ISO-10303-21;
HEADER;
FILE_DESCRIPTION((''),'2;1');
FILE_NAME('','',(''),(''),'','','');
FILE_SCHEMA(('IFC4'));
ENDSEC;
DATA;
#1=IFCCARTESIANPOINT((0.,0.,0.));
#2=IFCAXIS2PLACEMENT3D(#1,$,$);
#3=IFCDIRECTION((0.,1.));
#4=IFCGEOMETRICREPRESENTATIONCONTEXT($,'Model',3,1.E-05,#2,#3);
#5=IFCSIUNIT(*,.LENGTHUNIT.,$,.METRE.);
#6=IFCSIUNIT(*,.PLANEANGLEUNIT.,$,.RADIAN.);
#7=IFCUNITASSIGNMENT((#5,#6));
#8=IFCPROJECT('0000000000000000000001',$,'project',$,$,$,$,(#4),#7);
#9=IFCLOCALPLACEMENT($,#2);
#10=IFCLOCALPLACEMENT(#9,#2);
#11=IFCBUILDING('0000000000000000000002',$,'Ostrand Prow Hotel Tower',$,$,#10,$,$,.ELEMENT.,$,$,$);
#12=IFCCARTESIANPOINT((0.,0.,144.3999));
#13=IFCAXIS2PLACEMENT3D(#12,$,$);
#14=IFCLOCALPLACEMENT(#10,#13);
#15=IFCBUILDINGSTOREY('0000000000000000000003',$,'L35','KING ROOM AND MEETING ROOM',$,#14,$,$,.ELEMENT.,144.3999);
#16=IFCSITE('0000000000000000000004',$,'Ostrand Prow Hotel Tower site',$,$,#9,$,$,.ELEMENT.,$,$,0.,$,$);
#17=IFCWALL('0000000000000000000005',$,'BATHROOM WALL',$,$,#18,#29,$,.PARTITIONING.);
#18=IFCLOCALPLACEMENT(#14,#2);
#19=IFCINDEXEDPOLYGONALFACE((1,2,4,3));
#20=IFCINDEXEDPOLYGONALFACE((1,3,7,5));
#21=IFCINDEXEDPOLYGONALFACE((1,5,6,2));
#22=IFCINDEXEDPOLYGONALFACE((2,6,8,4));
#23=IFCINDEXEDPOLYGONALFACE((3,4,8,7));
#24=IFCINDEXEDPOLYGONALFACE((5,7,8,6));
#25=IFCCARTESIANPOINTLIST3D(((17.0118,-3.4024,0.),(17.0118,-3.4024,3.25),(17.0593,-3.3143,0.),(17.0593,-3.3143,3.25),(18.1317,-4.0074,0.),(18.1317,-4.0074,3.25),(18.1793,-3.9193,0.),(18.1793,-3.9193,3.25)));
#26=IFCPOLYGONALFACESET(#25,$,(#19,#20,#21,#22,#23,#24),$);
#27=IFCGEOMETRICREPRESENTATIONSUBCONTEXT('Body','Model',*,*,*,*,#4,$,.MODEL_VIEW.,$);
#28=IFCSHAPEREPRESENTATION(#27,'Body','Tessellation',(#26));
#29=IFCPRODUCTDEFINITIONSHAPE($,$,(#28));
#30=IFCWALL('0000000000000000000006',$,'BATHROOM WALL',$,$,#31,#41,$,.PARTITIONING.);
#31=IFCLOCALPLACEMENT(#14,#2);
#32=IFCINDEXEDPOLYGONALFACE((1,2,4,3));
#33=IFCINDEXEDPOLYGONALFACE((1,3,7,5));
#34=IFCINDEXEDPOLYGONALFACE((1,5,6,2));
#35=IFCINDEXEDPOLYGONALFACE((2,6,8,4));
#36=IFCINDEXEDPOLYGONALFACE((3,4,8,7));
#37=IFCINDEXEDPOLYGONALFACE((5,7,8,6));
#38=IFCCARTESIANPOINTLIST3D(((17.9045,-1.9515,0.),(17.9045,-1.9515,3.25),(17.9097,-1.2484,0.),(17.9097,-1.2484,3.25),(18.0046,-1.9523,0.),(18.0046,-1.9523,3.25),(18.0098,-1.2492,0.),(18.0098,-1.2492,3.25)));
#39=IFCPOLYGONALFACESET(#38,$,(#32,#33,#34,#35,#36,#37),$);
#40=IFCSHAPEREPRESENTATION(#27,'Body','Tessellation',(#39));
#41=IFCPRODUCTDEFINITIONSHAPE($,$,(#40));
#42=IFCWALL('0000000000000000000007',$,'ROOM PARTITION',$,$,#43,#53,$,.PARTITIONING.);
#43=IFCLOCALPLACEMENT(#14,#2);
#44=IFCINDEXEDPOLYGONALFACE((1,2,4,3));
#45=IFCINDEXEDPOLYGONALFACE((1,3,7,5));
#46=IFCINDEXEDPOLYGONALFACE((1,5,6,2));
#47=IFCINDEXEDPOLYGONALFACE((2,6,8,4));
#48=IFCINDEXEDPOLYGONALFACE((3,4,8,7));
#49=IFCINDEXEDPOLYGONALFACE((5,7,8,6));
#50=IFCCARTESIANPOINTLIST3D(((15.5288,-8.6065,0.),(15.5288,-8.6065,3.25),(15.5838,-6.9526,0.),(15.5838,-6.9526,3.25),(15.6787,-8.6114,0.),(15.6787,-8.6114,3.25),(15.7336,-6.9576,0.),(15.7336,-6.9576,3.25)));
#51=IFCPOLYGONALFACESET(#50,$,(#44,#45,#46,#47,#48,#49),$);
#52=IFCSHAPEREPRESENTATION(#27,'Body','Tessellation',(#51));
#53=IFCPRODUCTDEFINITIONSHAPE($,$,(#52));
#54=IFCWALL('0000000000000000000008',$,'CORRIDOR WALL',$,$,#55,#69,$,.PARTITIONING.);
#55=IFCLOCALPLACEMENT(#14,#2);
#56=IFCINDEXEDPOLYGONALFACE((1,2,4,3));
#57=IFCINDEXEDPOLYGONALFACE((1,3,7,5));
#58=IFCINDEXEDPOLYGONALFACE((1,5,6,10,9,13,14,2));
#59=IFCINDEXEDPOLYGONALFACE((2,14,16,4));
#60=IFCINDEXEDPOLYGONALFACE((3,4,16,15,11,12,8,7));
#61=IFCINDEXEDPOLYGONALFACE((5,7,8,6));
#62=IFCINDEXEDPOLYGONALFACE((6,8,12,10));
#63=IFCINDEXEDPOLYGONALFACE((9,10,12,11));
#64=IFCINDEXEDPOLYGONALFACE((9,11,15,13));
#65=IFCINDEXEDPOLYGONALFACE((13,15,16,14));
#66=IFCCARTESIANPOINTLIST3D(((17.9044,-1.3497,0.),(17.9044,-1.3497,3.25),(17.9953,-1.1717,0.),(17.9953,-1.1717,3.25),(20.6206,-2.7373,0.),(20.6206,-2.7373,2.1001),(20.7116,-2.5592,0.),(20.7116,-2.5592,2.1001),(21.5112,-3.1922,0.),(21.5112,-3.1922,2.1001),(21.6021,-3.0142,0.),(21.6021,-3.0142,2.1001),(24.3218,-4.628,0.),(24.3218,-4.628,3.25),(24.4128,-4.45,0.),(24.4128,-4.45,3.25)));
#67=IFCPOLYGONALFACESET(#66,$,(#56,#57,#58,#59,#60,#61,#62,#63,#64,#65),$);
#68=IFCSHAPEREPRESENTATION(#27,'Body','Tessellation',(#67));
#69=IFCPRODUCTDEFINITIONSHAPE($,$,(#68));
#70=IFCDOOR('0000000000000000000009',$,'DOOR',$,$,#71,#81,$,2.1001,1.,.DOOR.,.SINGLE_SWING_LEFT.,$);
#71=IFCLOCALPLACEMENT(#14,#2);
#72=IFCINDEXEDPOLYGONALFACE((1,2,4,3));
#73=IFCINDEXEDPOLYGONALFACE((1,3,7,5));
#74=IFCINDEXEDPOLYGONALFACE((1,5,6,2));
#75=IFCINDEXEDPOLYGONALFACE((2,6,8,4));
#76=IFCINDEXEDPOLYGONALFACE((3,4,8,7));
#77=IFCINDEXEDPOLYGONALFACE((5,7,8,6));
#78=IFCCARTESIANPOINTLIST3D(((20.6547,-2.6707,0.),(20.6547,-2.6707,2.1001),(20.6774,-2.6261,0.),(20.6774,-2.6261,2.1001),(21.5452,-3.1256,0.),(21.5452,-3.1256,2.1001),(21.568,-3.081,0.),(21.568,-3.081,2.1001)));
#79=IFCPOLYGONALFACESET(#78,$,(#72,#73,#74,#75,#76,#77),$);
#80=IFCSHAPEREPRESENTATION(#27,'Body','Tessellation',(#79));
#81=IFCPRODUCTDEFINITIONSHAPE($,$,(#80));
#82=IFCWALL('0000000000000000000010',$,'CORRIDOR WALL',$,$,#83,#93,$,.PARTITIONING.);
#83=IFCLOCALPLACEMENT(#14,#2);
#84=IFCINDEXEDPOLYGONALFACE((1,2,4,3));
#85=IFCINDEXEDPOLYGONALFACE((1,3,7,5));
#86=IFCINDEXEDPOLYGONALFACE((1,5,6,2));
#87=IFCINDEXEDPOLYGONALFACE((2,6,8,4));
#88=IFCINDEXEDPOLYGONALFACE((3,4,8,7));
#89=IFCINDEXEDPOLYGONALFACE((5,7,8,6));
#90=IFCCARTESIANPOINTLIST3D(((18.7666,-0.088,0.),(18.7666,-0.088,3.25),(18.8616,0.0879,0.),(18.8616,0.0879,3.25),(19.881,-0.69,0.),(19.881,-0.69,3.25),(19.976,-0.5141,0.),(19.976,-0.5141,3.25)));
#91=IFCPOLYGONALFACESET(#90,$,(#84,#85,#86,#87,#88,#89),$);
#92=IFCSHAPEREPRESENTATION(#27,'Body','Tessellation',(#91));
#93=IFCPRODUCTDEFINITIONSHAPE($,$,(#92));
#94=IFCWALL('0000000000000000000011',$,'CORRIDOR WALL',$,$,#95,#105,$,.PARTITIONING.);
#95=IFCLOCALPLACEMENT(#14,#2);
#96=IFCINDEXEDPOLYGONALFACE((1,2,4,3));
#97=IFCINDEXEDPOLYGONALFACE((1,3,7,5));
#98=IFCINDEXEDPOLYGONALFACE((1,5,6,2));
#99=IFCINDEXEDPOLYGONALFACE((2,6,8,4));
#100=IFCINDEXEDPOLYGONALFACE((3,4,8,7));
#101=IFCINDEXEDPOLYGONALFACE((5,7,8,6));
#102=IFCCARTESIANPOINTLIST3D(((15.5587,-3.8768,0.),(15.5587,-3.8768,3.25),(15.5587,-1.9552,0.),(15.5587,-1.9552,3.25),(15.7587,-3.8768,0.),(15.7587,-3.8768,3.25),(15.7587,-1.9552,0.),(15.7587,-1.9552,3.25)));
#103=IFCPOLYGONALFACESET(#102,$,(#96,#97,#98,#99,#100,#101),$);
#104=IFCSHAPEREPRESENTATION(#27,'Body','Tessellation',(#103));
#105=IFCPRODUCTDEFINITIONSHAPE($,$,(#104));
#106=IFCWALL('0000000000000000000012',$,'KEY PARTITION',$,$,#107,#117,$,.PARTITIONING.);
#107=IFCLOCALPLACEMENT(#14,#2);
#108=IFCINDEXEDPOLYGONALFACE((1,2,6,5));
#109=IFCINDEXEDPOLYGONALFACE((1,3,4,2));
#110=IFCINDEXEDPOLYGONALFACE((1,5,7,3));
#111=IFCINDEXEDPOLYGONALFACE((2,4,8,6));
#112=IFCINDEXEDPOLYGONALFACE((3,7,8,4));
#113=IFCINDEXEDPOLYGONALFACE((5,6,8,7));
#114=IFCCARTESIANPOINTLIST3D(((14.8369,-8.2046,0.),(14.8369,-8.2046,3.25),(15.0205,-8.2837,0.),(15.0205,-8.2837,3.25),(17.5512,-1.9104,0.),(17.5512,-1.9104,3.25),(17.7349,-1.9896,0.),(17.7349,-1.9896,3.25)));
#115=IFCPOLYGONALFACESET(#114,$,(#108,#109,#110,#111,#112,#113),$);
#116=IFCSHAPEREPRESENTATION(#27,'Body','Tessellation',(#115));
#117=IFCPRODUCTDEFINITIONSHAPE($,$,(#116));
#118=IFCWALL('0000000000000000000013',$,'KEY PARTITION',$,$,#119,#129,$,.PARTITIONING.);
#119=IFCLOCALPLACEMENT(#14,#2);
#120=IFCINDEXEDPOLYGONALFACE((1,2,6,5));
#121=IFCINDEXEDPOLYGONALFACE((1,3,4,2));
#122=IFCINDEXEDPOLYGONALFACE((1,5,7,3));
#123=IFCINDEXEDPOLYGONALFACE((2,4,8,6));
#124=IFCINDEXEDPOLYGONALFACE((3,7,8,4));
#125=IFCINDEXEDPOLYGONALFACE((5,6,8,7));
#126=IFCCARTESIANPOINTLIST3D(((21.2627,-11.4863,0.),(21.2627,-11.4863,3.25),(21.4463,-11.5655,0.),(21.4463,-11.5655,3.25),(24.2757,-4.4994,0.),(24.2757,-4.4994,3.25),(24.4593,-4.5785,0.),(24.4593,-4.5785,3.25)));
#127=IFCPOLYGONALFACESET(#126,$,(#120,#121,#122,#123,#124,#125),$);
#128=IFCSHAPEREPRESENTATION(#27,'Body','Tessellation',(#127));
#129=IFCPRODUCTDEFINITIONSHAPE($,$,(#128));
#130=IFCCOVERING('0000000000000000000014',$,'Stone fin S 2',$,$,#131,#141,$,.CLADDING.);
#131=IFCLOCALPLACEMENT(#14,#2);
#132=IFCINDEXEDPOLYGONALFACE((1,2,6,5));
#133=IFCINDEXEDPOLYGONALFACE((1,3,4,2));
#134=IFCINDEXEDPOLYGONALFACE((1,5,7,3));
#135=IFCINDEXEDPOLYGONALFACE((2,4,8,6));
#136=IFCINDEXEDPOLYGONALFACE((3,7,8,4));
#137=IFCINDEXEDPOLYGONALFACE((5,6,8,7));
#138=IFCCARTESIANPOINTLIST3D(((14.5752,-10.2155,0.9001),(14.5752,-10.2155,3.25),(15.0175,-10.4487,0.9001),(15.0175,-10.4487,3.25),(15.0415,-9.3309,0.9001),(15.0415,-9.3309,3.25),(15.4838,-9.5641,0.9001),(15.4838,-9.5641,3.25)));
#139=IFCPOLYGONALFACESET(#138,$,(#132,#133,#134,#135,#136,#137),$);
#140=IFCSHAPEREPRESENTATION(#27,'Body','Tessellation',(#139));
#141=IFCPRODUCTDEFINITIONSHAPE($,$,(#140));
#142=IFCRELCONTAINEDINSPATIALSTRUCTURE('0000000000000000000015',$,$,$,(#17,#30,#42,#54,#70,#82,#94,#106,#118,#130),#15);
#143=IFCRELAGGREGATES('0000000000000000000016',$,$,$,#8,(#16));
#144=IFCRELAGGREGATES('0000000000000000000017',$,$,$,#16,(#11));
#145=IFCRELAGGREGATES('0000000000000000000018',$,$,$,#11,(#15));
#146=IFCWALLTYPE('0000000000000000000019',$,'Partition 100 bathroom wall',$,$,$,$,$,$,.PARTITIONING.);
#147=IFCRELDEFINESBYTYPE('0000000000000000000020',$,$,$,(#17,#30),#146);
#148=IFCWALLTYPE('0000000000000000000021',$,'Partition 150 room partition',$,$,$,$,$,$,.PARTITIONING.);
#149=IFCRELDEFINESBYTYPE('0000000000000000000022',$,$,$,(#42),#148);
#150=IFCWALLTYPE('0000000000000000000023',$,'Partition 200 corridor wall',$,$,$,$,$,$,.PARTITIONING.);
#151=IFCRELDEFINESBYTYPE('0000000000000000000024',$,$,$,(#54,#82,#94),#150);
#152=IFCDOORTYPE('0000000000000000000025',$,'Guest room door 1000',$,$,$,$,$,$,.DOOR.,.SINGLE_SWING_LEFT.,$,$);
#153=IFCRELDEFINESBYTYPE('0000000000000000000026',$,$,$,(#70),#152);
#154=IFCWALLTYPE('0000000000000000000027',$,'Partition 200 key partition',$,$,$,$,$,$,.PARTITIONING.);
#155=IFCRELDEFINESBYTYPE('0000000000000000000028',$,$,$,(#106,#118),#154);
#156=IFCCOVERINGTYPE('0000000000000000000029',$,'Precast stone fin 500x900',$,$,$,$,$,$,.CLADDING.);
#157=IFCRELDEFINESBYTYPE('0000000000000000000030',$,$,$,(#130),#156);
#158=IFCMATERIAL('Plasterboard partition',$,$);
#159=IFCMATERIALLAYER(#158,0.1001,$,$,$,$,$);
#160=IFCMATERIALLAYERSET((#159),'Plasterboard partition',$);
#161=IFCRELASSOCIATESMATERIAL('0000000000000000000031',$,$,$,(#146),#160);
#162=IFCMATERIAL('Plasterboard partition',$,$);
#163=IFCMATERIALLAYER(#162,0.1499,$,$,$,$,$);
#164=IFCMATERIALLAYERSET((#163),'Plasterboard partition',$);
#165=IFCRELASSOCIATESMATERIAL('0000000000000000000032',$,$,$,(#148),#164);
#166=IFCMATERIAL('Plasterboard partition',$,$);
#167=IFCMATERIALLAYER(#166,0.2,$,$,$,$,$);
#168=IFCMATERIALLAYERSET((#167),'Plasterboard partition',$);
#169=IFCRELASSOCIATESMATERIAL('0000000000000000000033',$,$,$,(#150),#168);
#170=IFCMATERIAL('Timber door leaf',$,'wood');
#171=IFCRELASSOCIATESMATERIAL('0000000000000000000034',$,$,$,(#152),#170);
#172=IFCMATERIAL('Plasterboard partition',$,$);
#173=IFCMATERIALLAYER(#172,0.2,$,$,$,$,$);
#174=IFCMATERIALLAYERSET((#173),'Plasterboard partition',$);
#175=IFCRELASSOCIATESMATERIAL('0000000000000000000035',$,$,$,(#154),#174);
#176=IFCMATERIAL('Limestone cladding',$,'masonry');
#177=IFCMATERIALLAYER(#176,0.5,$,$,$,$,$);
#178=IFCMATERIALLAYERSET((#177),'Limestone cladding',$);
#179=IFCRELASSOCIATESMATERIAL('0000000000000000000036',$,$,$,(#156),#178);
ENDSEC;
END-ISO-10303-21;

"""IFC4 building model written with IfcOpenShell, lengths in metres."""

from ifc_helpers import new_model, si_unit, direction, frame, frame_2d, origin, place, context, subcontext, project, spatial, rectangle, extrude, material, layer, layer_set, type_object, element, fill, save


model = new_model("IFC4")

# Units and contexts
model_context = context("Model", 3, precision=1e-05, world=origin(), true_north=direction((0.0, 1.0)))
body_context = subcontext(model_context, "Body", "Model", "MODEL_VIEW")
ifc_project = project(units=[si_unit("LENGTHUNIT", "METRE"), si_unit("PLANEANGLEUNIT", "RADIAN")], contexts=[model_context])

# Site, building, storey
site_placement = place(None, origin())
site = spatial("IfcSite", under=ifc_project, at=site_placement, Name="Ostrand Prow Hotel Tower site", CompositionType="ELEMENT", RefElevation=0.0)
building_placement = place(site_placement, origin())
building = spatial("IfcBuilding", under=site, at=building_placement, Name="Ostrand Prow Hotel Tower", CompositionType="ELEMENT")
storey_placement = place(building_placement, frame((0.0, 0.0, 144.3999)))
storey = spatial("IfcBuildingStorey", under=building, at=storey_placement, Name="L35", Description="KING ROOM AND MEETING ROOM", CompositionType="ELEMENT", Elevation=144.3999)

# Shared definitions
ifc_material_1 = material(Name="Plasterboard partition")
ifc_layer_1 = layer(ifc_material_1, 0.1001)
ifc_layer_set_1 = layer_set([ifc_layer_1], Name="Plasterboard partition")
wall_type_1 = type_object("IfcWallType", Name="Partition 100 bathroom wall", PredefinedType="PARTITIONING", material=ifc_layer_set_1)

# Walls
wall_1_placement = place(storey_placement, frame((18.1555, -3.9634, 0.0), z_axis=(0.0, 0.0, 1.0), x_axis=(-0.879824, 0.4753, 0.0)))
element("IfcWall", 1, at=wall_1_placement, inside=storey, type_object=wall_type_1, Name="BATHROOM WALL", PredefinedType="PARTITIONING", context=body_context, shape_type="SweptSolid", body=[
    extrude(rectangle(XDim=1.2729, YDim=0.1001, at=frame_2d((0.6365, 0.0))), origin(), (0.0, 0.0, 1.0), 3.25),
])
wall_2_placement = place(storey_placement, frame((17.9546, -1.9519, 0.0), z_axis=(0.0, 0.0, 1.0), x_axis=(0.007291, 0.999973, 0.0)))
element("IfcWall", 2, at=wall_2_placement, inside=storey, type_object=wall_type_1, Name="BATHROOM WALL", PredefinedType="PARTITIONING", context=body_context, shape_type="SweptSolid", body=[
    extrude(rectangle(XDim=0.7031, YDim=0.1001, at=frame_2d((0.3516, 0.0))), origin(), (0.0, 0.0, 1.0), 3.25),
])
ifc_material_2 = material(Name="Plasterboard partition")
ifc_layer_2 = layer(ifc_material_2, 0.1499)
ifc_layer_set_2 = layer_set([ifc_layer_2], Name="Plasterboard partition")
wall_type_2 = type_object("IfcWallType", Name="Partition 150 room partition", PredefinedType="PARTITIONING", material=ifc_layer_set_2)
wall_3_placement = place(storey_placement, frame((15.6587, -6.9551, 0.0), z_axis=(0.0, 0.0, 1.0), x_axis=(-0.033197, -0.999449, 0.0)))
element("IfcWall", 3, at=wall_3_placement, inside=storey, type_object=wall_type_2, Name="ROOM PARTITION", PredefinedType="PARTITIONING", context=body_context, shape_type="SweptSolid", body=[
    extrude(rectangle(XDim=1.6548, YDim=0.1499, at=frame_2d((0.8274, 0.0))), origin(), (0.0, 0.0, 1.0), 3.25),
])

# Wall, opening, door
ifc_material_3 = material(Name="Plasterboard partition")
ifc_layer_3 = layer(ifc_material_3, 0.2)
ifc_layer_set_3 = layer_set([ifc_layer_3], Name="Plasterboard partition")
wall_type_3 = type_object("IfcWallType", Name="Partition 200 corridor wall", PredefinedType="PARTITIONING", material=ifc_layer_set_3)
wall_4_placement = place(storey_placement, frame((17.95, -1.2607, 0.0), z_axis=(0.0, 0.0, 1.0), x_axis=(0.890532, -0.454921, 0.0)))
wall_4 = element("IfcWall", 4, at=wall_4_placement, inside=storey, type_object=wall_type_3, Name="CORRIDOR WALL", PredefinedType="PARTITIONING", context=body_context, shape_type="SweptSolid", body=[
    extrude(rectangle(XDim=7.2063, YDim=0.2, at=frame_2d((3.603, 0.0))), origin(), (0.0, 0.0, 1.0), 3.25),
])
opening_1_placement = place(wall_4_placement, frame((3.05, 0.0, 0.0)))
opening_1 = element("IfcOpeningElement", 5, at=opening_1_placement, cuts=wall_4, PredefinedType="OPENING", context=body_context, shape_type="SweptSolid", body=[
    extrude(rectangle(XDim=1.0, YDim=2.1001, at=frame_2d((0.5, 1.05))), frame((0.0, 0.1099, 0.0), z_axis=(0.0, -1.0, 0.0), x_axis=(1.0, 0.0, 0.0)), (0.0, 0.0, 1.0), 0.22),
])
ifc_material_4 = material(Name="Timber door leaf", Category="wood")
door_type_1 = type_object("IfcDoorType", Name="Guest room door 1000", OperationType="SINGLE_SWING_LEFT", PredefinedType="DOOR", material=ifc_material_4)
door_1_placement = place(opening_1_placement, origin())
door_1 = element("IfcDoor", 6, at=door_1_placement, inside=storey, type_object=door_type_1, Name="DOOR", OperationType="SINGLE_SWING_LEFT", OverallHeight=2.1001, OverallWidth=1.0, PredefinedType="DOOR", context=body_context, shape_type="SweptSolid", body=[
    extrude(rectangle(XDim=1.0, YDim=2.1001, at=frame_2d((0.5, 1.05))), frame((0.0, 0.0249, 0.0), z_axis=(0.0, -1.0, 0.0), x_axis=(1.0, 0.0, 0.0)), (0.0, 0.0, 1.0), 0.05),
])
fill(opening_1, door_1)

# Walls
wall_5_placement = place(storey_placement, frame((19.9285, -0.6021, 0.0), z_axis=(0.0, 0.0, 1.0), x_axis=(-0.879833, 0.475283, 0.0)))
element("IfcWall", 7, at=wall_5_placement, inside=storey, type_object=wall_type_3, Name="CORRIDOR WALL", PredefinedType="PARTITIONING", context=body_context, shape_type="SweptSolid", body=[
    extrude(rectangle(XDim=1.2666, YDim=0.2, at=frame_2d((0.6333, 0.0))), origin(), (0.0, 0.0, 1.0), 3.25),
])
wall_6_placement = place(storey_placement, frame((15.6587, -1.9551, 0.0), z_axis=(0.0, 0.0, 1.0), x_axis=(0.0, -1.0, 0.0)))
element("IfcWall", 8, at=wall_6_placement, inside=storey, type_object=wall_type_3, Name="CORRIDOR WALL", PredefinedType="PARTITIONING", context=body_context, shape_type="SweptSolid", body=[
    extrude(rectangle(XDim=1.9216, YDim=0.2, at=frame_2d((0.9609, 0.0))), origin(), (0.0, 0.0, 1.0), 3.25),
])
ifc_material_5 = material(Name="Plasterboard partition")
ifc_layer_4 = layer(ifc_material_5, 0.2)
ifc_layer_set_4 = layer_set([ifc_layer_4], Name="Plasterboard partition")
wall_type_4 = type_object("IfcWallType", Name="Partition 200 key partition", PredefinedType="PARTITIONING", material=ifc_layer_set_4)
wall_7_placement = place(storey_placement, frame((14.9287, -8.2441, 0.0), z_axis=(0.0, 0.0, 1.0), x_axis=(0.395995, 0.918253, 0.0)))
element("IfcWall", 9, at=wall_7_placement, inside=storey, type_object=wall_type_4, Name="KEY PARTITION", PredefinedType="PARTITIONING", context=body_context, shape_type="SweptSolid", body=[
    extrude(rectangle(XDim=6.8545, YDim=0.2, at=frame_2d((3.4272, 0.0))), origin(), (0.0, 0.0, 1.0), 3.25),
])
wall_8_placement = place(storey_placement, frame((21.3545, -11.5259, 0.0), z_axis=(0.0, 0.0, 1.0), x_axis=(0.395982, 0.918258, 0.0)))
element("IfcWall", 10, at=wall_8_placement, inside=storey, type_object=wall_type_4, Name="KEY PARTITION", PredefinedType="PARTITIONING", context=body_context, shape_type="SweptSolid", body=[
    extrude(rectangle(XDim=7.6089, YDim=0.2, at=frame_2d((3.8044, 0.0))), origin(), (0.0, 0.0, 1.0), 3.25),
])

# Covering
ifc_material_6 = material(Name="Limestone cladding", Category="masonry")
ifc_layer_5 = layer(ifc_material_6, 0.5)
ifc_layer_set_5 = layer_set([ifc_layer_5], Name="Limestone cladding")
covering_type = type_object("IfcCoveringType", Name="Precast stone fin 500x900", PredefinedType="CLADDING", material=ifc_layer_set_5)
covering_placement = place(storey_placement, frame((15.2627, -9.4475, 0.9001), z_axis=(0.0, 0.0, 1.0), x_axis=(-0.46635, -0.8846, 0.0)))
element("IfcCovering", 11, at=covering_placement, inside=storey, type_object=covering_type, Name="Stone fin S 2", PredefinedType="CLADDING", context=body_context, shape_type="SweptSolid", body=[
    extrude(rectangle(XDim=1.0, YDim=0.5, at=frame_2d((0.5, 0.0))), origin(), (0.0, 0.0, 1.0), 2.3499),
])

save(model, "model.ifc")
